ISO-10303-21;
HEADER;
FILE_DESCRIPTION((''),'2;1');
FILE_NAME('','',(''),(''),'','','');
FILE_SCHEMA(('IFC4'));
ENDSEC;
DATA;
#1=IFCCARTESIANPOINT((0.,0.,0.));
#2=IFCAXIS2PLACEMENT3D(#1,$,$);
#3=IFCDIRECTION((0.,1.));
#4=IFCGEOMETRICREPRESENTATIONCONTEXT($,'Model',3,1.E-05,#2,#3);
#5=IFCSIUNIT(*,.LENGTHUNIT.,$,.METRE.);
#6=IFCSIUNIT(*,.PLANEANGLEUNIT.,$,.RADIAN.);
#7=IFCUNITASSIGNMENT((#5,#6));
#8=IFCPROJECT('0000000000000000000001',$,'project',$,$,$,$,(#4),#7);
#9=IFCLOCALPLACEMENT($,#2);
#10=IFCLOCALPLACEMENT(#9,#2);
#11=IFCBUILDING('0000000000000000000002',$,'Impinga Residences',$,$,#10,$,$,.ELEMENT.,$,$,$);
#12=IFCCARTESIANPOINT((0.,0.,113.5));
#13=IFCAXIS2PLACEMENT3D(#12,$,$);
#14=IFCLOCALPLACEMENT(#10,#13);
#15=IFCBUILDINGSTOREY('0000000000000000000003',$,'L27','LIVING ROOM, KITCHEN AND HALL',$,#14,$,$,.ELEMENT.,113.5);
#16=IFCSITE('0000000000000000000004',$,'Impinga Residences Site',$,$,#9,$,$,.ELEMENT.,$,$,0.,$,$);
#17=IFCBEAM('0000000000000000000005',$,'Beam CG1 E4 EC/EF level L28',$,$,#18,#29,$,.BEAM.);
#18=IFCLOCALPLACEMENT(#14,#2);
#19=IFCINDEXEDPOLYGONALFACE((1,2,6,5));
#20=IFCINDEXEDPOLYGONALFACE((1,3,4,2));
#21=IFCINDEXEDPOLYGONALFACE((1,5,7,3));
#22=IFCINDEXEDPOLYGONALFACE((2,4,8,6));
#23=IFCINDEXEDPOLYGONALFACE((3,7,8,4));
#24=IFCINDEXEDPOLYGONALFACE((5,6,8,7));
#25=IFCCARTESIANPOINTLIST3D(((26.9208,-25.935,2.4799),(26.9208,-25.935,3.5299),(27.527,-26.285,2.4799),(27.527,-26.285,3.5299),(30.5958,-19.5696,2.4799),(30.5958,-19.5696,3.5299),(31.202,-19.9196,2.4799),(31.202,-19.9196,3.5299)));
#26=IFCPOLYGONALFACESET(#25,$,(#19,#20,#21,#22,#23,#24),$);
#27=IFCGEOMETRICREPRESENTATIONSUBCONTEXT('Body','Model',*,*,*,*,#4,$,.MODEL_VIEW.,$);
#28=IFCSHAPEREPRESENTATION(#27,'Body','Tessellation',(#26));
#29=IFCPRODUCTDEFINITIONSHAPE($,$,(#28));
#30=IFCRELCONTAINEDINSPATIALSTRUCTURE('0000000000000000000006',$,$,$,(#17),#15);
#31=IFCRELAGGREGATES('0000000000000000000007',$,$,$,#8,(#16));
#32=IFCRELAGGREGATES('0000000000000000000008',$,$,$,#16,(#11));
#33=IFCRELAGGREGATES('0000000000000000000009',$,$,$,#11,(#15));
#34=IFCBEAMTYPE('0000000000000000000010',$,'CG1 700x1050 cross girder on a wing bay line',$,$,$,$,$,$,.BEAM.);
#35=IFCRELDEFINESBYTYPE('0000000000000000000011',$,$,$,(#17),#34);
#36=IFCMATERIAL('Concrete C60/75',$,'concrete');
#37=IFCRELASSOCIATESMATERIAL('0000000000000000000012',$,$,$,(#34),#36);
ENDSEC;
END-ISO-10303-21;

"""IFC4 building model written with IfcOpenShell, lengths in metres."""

from ifc_helpers import new_model, si_unit, direction, frame, origin, origin_2d, place, context, subcontext, project, spatial, rectangle, extrude, material, material_profile, profile_set, type_object, element, save


model = new_model("IFC4")

# Units and contexts
model_context = context("Model", 3, precision=1e-05, world=origin(), true_north=direction((0.0, 1.0)))
body_context = subcontext(model_context, "Body", "Model", "MODEL_VIEW")
ifc_project = project(units=[si_unit("LENGTHUNIT", "METRE"), si_unit("PLANEANGLEUNIT", "RADIAN")], contexts=[model_context])

# Site, building, storey
site_placement = place(None, origin())
site = spatial("IfcSite", under=ifc_project, at=site_placement, Name="Impinga Residences Site", CompositionType="ELEMENT", RefElevation=0.0)
building_placement = place(site_placement, origin())
building = spatial("IfcBuilding", under=site, at=building_placement, Name="Impinga Residences", CompositionType="ELEMENT")
storey_placement = place(building_placement, frame((0.0, 0.0, 113.5)))
storey = spatial("IfcBuildingStorey", under=building, at=storey_placement, Name="L27", Description="LIVING ROOM, KITCHEN AND HALL", CompositionType="ELEMENT", Elevation=113.5)

# Beam
ifc_material_1 = material(Name="Concrete C60/75", Category="concrete")
ifc_material_profile = material_profile(ifc_material_1, rectangle(XDim=0.7, YDim=1.05, at=origin_2d()), Name="RC 700x1050")
ifc_profile_set = profile_set([ifc_material_profile], Name="Concrete C60/75")
beam_type = type_object("IfcBeamType", Name="CG1 700x1050 cross girder on a wing bay line", PredefinedType="BEAM", material=ifc_profile_set)
beam_placement = place(storey_placement, frame((30.8989, -19.7446, 3.0049), z_axis=(-0.499994, -0.866029, 0.0), x_axis=(0.866029, -0.499994, 0.0)))
element("IfcBeam", 1, at=beam_placement, inside=storey, type_object=beam_type, Name="Beam CG1 E4 EC/EF level L28", PredefinedType="BEAM", context=body_context, shape_type="SweptSolid", body=[
    extrude(rectangle(XDim=0.7, YDim=1.05, at=origin_2d()), origin(), (0.0, 0.0, 1.0), 7.3501),
])

save(model, "model.ifc")
